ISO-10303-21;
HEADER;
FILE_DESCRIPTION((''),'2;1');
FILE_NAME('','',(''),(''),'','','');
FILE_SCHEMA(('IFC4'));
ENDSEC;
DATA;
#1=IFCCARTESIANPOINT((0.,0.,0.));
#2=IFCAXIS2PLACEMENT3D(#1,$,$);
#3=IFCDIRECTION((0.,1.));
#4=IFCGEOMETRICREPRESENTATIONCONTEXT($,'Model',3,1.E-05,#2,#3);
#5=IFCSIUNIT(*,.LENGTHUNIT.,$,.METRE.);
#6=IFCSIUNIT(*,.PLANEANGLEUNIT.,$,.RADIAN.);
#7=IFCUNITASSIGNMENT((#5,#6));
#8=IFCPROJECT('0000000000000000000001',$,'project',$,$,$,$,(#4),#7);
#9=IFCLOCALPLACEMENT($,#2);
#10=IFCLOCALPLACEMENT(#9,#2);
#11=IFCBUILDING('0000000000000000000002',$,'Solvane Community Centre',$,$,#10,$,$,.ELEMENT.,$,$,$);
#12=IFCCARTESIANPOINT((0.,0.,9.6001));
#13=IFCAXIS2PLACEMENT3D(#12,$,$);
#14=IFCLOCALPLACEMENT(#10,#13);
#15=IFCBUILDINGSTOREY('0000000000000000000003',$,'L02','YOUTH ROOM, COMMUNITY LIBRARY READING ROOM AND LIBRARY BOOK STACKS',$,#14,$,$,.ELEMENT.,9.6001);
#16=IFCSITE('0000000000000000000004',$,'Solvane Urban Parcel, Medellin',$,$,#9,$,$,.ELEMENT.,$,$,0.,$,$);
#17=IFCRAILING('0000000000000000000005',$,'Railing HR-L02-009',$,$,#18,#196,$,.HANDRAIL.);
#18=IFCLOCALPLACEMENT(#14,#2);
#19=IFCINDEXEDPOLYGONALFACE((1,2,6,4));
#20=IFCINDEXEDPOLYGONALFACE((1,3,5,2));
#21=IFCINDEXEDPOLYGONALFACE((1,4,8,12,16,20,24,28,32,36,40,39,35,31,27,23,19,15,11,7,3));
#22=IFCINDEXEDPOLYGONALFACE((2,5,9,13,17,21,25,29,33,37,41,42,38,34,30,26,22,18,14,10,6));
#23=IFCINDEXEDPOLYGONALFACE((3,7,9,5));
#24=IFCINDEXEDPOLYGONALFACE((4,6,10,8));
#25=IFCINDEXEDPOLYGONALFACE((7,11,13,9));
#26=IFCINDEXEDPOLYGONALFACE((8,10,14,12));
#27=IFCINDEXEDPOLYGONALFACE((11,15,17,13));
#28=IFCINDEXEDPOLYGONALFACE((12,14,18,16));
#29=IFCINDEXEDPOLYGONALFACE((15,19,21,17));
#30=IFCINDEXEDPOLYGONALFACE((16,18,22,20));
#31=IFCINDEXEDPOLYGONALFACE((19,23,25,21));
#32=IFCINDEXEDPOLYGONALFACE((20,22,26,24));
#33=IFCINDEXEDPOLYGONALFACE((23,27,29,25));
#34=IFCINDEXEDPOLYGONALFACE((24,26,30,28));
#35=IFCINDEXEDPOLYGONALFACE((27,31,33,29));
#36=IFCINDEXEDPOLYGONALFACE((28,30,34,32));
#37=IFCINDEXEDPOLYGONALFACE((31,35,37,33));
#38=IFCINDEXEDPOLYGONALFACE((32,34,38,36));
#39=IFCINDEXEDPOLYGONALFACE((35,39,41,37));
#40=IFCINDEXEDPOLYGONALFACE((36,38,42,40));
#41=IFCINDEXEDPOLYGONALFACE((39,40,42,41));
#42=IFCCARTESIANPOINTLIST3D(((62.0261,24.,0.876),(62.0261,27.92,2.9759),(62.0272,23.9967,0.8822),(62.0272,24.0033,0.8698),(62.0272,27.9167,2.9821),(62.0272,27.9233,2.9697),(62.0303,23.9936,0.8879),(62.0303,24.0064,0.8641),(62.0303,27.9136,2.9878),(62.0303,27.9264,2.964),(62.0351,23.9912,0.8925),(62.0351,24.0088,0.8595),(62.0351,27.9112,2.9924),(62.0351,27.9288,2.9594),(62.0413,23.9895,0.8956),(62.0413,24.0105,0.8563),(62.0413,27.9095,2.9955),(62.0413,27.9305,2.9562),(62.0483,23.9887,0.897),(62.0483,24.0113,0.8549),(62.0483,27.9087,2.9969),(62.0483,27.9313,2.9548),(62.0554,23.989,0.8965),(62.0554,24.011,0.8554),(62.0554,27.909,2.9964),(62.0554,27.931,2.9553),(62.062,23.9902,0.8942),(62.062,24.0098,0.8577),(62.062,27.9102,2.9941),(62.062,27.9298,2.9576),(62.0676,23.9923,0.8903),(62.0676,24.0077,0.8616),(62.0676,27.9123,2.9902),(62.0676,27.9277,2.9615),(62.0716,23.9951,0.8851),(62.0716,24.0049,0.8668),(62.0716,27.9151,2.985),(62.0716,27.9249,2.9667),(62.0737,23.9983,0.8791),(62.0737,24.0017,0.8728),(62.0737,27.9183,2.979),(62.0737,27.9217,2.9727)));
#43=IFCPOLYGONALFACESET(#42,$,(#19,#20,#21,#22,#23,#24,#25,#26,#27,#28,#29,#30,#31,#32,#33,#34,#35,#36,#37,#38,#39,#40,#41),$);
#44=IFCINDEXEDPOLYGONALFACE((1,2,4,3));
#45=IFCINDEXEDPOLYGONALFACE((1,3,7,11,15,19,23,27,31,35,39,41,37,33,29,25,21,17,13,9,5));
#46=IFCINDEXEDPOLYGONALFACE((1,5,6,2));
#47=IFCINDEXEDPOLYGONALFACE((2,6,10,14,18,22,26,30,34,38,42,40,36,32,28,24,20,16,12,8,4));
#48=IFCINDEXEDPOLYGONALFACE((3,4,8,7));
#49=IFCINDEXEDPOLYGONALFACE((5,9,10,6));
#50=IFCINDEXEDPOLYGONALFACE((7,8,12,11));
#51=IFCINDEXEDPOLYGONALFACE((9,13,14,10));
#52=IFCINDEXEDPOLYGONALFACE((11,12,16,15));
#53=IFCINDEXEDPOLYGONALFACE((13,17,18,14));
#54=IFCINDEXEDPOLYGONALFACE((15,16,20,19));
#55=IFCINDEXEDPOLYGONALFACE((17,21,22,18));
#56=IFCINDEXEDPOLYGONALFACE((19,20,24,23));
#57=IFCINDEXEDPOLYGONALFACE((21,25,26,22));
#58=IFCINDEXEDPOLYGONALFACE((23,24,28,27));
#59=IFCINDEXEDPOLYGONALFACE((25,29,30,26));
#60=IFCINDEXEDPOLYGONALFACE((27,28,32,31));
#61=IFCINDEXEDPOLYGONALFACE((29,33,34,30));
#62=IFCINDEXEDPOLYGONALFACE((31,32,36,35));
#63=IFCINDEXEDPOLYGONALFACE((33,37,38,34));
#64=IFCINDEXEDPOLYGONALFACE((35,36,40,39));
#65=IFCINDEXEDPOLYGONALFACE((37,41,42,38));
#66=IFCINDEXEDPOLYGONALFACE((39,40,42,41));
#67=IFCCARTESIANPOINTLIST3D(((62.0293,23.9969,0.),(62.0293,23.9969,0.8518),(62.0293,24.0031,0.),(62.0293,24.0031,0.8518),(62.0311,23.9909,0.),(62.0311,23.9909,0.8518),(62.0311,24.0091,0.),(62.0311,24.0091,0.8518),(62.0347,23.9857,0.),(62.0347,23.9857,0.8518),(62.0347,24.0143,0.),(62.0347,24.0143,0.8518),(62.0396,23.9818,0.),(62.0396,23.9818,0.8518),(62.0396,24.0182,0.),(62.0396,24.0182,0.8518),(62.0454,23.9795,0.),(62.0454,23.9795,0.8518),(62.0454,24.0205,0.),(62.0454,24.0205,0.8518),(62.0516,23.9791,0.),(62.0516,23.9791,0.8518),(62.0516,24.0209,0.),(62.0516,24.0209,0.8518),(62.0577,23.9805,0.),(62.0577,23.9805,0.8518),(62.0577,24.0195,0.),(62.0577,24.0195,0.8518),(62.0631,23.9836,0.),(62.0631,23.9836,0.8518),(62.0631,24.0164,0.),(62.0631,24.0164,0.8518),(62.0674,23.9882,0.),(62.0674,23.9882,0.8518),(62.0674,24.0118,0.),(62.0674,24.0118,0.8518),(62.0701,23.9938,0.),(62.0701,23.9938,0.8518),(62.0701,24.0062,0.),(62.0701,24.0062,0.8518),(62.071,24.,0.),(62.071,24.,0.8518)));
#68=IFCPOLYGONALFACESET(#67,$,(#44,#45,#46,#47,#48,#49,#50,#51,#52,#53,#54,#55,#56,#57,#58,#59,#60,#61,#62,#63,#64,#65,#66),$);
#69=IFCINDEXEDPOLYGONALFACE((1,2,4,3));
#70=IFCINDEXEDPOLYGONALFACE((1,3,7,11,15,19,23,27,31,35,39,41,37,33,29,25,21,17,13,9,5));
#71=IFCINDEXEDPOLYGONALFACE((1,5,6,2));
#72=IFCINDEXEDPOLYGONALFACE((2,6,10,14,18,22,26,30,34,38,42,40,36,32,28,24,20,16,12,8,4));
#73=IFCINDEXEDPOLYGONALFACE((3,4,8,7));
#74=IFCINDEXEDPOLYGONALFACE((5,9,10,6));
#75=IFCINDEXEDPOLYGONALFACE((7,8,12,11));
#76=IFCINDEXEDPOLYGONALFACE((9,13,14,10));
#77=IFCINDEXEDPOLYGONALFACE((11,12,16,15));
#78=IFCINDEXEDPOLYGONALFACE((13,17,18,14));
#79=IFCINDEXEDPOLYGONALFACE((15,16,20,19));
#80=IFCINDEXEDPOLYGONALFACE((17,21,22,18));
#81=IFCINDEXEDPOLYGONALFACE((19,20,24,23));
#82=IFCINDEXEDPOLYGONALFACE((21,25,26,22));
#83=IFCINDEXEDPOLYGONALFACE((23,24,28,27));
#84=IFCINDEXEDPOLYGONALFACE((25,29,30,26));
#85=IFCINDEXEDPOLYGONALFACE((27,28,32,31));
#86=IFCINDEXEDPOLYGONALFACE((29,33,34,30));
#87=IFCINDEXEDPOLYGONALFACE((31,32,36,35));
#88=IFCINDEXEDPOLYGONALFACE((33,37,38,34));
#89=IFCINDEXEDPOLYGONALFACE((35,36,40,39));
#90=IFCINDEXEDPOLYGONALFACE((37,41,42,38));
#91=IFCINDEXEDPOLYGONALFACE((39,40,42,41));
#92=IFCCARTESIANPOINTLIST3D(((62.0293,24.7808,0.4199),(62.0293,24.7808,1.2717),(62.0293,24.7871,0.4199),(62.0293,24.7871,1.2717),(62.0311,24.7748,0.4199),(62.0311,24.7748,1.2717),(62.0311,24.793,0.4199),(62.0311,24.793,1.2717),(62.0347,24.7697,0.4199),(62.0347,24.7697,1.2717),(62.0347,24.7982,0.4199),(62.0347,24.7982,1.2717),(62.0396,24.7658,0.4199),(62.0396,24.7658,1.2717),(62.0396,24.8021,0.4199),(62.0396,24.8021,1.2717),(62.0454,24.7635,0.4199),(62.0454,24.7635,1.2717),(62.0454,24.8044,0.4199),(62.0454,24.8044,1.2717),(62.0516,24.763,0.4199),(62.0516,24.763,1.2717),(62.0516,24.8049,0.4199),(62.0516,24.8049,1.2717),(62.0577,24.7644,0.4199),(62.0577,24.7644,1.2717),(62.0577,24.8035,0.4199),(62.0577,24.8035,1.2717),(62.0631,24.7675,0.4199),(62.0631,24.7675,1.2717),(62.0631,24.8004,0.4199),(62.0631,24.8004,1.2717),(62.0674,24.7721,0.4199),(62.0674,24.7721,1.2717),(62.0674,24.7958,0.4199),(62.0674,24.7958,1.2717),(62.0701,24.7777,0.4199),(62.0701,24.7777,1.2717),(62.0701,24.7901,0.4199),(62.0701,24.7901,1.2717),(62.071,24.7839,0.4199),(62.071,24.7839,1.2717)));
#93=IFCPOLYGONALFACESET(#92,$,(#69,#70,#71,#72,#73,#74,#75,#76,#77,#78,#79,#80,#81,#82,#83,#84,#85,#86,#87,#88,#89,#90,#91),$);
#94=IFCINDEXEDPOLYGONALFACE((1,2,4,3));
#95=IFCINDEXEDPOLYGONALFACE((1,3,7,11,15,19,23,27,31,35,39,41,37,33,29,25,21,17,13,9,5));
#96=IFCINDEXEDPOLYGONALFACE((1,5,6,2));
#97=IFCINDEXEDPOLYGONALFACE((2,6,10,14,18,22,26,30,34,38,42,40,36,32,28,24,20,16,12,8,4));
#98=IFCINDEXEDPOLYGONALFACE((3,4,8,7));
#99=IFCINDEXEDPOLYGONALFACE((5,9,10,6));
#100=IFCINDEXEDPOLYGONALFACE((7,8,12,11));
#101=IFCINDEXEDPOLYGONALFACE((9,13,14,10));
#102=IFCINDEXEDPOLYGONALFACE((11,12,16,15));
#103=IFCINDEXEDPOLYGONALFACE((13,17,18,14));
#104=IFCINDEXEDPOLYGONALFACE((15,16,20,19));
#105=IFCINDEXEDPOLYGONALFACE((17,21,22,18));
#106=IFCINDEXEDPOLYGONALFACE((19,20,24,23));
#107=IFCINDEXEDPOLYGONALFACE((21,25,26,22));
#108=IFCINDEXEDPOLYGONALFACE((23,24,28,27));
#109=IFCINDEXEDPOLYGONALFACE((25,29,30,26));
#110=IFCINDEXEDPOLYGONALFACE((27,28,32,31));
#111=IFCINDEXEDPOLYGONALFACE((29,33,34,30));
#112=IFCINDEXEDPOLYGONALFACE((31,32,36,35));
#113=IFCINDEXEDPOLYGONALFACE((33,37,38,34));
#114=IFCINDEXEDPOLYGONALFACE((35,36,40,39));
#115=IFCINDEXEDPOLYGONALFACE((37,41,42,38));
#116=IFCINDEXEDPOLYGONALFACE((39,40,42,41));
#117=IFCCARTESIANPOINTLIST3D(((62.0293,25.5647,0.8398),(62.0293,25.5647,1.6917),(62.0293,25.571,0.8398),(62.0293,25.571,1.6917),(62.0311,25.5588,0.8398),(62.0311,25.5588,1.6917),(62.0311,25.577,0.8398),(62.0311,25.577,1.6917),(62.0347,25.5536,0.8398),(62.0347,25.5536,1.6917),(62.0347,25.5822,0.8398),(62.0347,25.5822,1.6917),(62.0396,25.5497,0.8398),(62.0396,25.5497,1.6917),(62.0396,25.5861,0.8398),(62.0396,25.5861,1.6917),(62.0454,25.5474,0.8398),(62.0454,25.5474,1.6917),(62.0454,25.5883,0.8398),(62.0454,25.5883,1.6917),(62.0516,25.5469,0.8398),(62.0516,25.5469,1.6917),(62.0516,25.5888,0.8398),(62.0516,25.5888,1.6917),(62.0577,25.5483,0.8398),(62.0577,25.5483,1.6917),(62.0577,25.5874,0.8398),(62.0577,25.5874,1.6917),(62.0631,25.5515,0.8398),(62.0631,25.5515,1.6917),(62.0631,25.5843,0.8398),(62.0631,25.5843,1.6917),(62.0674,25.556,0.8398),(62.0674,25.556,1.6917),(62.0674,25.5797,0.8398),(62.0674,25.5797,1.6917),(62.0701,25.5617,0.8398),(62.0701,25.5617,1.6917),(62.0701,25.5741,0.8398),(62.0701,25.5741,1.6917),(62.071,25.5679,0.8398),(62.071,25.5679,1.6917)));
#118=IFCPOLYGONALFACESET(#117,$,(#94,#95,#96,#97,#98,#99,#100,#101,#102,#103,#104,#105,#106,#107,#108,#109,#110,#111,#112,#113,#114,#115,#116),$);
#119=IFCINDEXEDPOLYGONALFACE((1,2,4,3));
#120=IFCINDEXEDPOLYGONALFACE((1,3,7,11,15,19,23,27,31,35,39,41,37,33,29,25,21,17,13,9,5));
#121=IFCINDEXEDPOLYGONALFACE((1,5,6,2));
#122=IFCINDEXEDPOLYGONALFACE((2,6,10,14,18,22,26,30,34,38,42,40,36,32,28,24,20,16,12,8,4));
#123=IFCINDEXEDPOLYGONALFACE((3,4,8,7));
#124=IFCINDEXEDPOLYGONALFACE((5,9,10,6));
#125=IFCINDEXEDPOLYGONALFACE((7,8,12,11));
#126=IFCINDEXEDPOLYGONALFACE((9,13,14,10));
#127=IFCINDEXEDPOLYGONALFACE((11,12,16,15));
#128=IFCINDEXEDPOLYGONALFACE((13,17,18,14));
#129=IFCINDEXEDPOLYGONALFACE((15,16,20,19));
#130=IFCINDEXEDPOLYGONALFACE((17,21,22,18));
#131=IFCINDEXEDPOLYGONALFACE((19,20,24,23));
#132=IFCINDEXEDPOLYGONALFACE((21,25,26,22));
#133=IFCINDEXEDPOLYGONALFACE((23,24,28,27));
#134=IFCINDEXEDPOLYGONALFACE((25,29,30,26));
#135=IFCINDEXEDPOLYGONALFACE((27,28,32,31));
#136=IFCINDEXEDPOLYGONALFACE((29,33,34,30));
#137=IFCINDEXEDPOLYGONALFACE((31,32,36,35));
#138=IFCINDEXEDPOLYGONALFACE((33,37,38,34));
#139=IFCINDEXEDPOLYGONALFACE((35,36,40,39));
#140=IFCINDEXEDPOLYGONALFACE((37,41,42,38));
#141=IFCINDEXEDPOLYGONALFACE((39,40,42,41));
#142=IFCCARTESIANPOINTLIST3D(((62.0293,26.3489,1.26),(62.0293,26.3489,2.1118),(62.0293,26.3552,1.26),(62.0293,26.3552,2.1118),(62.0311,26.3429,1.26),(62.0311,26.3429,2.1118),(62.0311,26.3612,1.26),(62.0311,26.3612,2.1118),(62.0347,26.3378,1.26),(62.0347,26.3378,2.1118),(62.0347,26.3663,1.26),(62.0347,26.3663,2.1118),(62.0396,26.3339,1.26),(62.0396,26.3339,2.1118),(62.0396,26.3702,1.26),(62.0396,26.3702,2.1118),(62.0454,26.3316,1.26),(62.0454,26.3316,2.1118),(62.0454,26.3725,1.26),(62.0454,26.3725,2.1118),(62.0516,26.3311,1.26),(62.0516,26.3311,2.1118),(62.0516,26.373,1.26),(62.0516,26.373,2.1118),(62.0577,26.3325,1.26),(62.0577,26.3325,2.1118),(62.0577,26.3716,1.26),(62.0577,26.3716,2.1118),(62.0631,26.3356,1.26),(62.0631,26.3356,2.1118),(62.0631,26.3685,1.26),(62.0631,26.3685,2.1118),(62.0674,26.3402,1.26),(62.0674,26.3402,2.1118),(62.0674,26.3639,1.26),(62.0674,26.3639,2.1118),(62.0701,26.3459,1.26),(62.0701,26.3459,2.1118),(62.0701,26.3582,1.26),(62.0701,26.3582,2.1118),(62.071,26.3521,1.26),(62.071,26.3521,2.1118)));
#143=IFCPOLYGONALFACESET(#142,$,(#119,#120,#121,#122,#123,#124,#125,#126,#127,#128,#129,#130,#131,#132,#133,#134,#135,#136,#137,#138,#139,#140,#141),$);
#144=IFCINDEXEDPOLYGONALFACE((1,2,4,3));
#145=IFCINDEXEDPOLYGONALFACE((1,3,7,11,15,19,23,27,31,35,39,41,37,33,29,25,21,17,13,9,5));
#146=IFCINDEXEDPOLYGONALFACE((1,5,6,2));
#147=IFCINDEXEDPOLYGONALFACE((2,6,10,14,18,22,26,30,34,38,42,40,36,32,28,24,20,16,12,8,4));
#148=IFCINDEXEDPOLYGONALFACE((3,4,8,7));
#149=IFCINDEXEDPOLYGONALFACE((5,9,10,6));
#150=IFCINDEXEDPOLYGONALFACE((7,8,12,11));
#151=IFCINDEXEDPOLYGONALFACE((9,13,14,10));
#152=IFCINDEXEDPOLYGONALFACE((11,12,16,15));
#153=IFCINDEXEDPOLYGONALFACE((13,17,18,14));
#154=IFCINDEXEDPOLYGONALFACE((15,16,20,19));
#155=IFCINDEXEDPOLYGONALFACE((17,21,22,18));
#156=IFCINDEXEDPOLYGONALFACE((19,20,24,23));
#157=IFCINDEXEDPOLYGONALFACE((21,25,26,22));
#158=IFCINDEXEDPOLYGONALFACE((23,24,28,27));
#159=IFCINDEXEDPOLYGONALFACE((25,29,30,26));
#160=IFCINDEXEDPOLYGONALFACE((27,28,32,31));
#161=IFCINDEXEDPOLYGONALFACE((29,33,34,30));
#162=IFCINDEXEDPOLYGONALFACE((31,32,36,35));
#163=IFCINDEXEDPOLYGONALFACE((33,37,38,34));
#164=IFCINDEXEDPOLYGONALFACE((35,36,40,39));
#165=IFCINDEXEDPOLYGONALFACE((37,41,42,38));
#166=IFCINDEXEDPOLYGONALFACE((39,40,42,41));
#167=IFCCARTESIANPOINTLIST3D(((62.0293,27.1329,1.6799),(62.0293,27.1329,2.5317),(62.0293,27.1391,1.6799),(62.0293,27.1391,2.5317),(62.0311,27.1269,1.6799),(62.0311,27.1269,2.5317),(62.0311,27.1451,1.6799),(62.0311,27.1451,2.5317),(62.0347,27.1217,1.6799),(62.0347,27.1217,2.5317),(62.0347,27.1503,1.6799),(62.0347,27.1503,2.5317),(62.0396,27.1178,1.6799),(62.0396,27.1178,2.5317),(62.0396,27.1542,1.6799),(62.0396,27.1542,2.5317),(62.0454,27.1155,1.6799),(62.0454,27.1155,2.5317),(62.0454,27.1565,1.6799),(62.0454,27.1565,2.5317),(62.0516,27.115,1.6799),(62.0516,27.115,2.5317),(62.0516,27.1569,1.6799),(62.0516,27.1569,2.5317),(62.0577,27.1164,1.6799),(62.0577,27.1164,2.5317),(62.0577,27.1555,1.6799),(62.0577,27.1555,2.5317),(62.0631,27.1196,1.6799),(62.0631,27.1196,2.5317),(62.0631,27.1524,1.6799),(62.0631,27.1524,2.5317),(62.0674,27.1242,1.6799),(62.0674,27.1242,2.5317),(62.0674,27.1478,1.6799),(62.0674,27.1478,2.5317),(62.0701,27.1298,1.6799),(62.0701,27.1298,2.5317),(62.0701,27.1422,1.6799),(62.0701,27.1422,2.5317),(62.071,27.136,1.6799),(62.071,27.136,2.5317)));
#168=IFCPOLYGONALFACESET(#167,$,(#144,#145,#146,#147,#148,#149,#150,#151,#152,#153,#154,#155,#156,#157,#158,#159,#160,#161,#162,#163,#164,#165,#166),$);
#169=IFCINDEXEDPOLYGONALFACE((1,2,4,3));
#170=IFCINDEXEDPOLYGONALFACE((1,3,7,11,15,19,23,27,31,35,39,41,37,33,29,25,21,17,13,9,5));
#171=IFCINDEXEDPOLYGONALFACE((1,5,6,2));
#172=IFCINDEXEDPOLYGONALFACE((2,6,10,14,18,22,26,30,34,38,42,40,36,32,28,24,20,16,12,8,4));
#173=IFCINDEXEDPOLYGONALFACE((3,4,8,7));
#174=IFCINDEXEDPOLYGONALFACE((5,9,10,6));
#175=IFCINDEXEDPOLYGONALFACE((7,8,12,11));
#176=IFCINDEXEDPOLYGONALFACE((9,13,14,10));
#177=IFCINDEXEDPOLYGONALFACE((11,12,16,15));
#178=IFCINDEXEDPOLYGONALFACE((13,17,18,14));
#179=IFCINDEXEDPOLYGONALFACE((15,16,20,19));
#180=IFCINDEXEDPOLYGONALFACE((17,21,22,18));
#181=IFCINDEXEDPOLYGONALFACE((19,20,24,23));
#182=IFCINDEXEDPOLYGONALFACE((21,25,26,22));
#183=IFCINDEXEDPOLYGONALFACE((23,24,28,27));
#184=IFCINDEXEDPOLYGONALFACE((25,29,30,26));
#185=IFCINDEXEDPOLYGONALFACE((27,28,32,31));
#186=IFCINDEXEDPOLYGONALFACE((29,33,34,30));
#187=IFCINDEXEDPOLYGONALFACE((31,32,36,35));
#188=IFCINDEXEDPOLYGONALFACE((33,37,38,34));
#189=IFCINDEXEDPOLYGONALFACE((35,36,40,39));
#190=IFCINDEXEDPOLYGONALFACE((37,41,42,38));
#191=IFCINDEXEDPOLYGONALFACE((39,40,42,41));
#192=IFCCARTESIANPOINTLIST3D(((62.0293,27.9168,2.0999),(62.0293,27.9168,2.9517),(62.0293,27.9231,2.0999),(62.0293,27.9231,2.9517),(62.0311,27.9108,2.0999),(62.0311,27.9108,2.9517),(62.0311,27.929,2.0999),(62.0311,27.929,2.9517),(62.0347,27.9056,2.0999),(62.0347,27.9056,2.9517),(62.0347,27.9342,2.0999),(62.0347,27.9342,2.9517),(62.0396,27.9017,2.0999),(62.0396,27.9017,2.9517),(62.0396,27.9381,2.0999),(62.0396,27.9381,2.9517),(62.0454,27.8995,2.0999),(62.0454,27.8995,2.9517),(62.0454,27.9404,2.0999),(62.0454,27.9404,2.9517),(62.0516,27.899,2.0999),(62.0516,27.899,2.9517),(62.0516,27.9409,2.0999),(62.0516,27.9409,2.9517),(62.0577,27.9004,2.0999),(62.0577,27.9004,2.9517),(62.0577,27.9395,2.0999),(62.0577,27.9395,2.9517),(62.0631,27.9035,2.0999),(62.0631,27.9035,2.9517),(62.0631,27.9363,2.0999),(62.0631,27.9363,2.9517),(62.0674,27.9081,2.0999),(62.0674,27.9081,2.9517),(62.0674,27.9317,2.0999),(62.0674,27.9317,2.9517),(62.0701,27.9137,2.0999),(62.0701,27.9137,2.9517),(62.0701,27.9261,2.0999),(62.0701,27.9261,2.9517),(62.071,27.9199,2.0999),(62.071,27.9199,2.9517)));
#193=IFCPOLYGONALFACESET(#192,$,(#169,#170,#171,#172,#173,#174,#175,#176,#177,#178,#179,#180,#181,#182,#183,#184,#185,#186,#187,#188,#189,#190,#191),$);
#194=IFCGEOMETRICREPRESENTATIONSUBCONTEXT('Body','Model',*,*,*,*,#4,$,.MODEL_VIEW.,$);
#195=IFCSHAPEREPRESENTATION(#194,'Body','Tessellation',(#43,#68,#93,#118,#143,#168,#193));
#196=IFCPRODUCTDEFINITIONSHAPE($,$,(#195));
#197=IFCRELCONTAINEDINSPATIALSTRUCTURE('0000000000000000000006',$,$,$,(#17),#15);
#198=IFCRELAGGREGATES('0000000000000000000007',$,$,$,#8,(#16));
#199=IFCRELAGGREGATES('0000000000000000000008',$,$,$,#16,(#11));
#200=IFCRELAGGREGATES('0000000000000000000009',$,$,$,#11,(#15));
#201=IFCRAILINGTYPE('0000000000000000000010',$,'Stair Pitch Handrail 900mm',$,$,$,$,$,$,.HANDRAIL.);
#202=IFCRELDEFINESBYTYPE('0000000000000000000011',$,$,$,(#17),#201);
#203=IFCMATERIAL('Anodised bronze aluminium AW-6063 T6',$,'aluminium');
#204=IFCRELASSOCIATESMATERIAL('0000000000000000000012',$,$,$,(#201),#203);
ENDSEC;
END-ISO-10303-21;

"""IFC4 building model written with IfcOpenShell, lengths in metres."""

from ifc_helpers import new_model, si_unit, direction, frame, origin, origin_2d, place, context, subcontext, project, spatial, circle, extrude, material, type_object, element, save


model = new_model("IFC4")

# Units and contexts
model_context = context("Model", 3, precision=1e-05, world=origin(), true_north=direction((0.0, 1.0)))
body_context = subcontext(model_context, "Body", "Model", "MODEL_VIEW")
ifc_project = project(units=[si_unit("LENGTHUNIT", "METRE"), si_unit("PLANEANGLEUNIT", "RADIAN")], contexts=[model_context])

# Site, building, storey
site_placement = place(None, origin())
site = spatial("IfcSite", under=ifc_project, at=site_placement, Name="Solvane Urban Parcel, Medellin", CompositionType="ELEMENT", RefElevation=0.0)
building_placement = place(site_placement, origin())
building = spatial("IfcBuilding", under=site, at=building_placement, Name="Solvane Community Centre", CompositionType="ELEMENT")
storey_placement = place(building_placement, frame((0.0, 0.0, 9.6001)))
storey = spatial("IfcBuildingStorey", under=building, at=storey_placement, Name="L02", Description="YOUTH ROOM, COMMUNITY LIBRARY READING ROOM AND LIBRARY BOOK STACKS", CompositionType="ELEMENT", Elevation=9.6001)

# Shared definitions
ifc_material_1 = material(Name="Anodised bronze aluminium AW-6063 T6", Category="aluminium")

# Railing
railing_type_1 = type_object("IfcRailingType", Name="Stair Pitch Handrail 900mm", PredefinedType="HANDRAIL", material=ifc_material_1)
railing_1_placement = place(storey_placement, frame((62.05, 24.0, 0.0)))
element("IfcRailing", 1, at=railing_1_placement, inside=storey, type_object=railing_type_1, Name="Railing HR-L02-009", PredefinedType="HANDRAIL", context=body_context, shape_type="SweptSolid", body=[
    extrude(circle(Radius=0.0239, at=origin_2d()), frame((0.0, 0.0, 0.876), z_axis=(0.0, 0.88149, 0.472203), x_axis=(-1.0, 0.0, 0.0)), (0.0, 0.0, 1.0), 4.447),
    extrude(circle(Radius=0.021, at=origin_2d()), origin(), (0.0, 0.0, 1.0), 0.8518),
    extrude(circle(Radius=0.021, at=origin_2d()), frame((0.0, 0.7839, 0.4199)), (0.0, 0.0, 1.0), 0.8518),
    extrude(circle(Radius=0.021, at=origin_2d()), frame((0.0, 1.5679, 0.8398)), (0.0, 0.0, 1.0), 0.8518),
    extrude(circle(Radius=0.021, at=origin_2d()), frame((0.0, 2.3521, 1.26)), (0.0, 0.0, 1.0), 0.8518),
    extrude(circle(Radius=0.021, at=origin_2d()), frame((0.0, 3.136, 1.6799)), (0.0, 0.0, 1.0), 0.8518),
    extrude(circle(Radius=0.021, at=origin_2d()), frame((0.0, 3.9199, 2.0999)), (0.0, 0.0, 1.0), 0.8518),
])

save(model, "model.ifc")
